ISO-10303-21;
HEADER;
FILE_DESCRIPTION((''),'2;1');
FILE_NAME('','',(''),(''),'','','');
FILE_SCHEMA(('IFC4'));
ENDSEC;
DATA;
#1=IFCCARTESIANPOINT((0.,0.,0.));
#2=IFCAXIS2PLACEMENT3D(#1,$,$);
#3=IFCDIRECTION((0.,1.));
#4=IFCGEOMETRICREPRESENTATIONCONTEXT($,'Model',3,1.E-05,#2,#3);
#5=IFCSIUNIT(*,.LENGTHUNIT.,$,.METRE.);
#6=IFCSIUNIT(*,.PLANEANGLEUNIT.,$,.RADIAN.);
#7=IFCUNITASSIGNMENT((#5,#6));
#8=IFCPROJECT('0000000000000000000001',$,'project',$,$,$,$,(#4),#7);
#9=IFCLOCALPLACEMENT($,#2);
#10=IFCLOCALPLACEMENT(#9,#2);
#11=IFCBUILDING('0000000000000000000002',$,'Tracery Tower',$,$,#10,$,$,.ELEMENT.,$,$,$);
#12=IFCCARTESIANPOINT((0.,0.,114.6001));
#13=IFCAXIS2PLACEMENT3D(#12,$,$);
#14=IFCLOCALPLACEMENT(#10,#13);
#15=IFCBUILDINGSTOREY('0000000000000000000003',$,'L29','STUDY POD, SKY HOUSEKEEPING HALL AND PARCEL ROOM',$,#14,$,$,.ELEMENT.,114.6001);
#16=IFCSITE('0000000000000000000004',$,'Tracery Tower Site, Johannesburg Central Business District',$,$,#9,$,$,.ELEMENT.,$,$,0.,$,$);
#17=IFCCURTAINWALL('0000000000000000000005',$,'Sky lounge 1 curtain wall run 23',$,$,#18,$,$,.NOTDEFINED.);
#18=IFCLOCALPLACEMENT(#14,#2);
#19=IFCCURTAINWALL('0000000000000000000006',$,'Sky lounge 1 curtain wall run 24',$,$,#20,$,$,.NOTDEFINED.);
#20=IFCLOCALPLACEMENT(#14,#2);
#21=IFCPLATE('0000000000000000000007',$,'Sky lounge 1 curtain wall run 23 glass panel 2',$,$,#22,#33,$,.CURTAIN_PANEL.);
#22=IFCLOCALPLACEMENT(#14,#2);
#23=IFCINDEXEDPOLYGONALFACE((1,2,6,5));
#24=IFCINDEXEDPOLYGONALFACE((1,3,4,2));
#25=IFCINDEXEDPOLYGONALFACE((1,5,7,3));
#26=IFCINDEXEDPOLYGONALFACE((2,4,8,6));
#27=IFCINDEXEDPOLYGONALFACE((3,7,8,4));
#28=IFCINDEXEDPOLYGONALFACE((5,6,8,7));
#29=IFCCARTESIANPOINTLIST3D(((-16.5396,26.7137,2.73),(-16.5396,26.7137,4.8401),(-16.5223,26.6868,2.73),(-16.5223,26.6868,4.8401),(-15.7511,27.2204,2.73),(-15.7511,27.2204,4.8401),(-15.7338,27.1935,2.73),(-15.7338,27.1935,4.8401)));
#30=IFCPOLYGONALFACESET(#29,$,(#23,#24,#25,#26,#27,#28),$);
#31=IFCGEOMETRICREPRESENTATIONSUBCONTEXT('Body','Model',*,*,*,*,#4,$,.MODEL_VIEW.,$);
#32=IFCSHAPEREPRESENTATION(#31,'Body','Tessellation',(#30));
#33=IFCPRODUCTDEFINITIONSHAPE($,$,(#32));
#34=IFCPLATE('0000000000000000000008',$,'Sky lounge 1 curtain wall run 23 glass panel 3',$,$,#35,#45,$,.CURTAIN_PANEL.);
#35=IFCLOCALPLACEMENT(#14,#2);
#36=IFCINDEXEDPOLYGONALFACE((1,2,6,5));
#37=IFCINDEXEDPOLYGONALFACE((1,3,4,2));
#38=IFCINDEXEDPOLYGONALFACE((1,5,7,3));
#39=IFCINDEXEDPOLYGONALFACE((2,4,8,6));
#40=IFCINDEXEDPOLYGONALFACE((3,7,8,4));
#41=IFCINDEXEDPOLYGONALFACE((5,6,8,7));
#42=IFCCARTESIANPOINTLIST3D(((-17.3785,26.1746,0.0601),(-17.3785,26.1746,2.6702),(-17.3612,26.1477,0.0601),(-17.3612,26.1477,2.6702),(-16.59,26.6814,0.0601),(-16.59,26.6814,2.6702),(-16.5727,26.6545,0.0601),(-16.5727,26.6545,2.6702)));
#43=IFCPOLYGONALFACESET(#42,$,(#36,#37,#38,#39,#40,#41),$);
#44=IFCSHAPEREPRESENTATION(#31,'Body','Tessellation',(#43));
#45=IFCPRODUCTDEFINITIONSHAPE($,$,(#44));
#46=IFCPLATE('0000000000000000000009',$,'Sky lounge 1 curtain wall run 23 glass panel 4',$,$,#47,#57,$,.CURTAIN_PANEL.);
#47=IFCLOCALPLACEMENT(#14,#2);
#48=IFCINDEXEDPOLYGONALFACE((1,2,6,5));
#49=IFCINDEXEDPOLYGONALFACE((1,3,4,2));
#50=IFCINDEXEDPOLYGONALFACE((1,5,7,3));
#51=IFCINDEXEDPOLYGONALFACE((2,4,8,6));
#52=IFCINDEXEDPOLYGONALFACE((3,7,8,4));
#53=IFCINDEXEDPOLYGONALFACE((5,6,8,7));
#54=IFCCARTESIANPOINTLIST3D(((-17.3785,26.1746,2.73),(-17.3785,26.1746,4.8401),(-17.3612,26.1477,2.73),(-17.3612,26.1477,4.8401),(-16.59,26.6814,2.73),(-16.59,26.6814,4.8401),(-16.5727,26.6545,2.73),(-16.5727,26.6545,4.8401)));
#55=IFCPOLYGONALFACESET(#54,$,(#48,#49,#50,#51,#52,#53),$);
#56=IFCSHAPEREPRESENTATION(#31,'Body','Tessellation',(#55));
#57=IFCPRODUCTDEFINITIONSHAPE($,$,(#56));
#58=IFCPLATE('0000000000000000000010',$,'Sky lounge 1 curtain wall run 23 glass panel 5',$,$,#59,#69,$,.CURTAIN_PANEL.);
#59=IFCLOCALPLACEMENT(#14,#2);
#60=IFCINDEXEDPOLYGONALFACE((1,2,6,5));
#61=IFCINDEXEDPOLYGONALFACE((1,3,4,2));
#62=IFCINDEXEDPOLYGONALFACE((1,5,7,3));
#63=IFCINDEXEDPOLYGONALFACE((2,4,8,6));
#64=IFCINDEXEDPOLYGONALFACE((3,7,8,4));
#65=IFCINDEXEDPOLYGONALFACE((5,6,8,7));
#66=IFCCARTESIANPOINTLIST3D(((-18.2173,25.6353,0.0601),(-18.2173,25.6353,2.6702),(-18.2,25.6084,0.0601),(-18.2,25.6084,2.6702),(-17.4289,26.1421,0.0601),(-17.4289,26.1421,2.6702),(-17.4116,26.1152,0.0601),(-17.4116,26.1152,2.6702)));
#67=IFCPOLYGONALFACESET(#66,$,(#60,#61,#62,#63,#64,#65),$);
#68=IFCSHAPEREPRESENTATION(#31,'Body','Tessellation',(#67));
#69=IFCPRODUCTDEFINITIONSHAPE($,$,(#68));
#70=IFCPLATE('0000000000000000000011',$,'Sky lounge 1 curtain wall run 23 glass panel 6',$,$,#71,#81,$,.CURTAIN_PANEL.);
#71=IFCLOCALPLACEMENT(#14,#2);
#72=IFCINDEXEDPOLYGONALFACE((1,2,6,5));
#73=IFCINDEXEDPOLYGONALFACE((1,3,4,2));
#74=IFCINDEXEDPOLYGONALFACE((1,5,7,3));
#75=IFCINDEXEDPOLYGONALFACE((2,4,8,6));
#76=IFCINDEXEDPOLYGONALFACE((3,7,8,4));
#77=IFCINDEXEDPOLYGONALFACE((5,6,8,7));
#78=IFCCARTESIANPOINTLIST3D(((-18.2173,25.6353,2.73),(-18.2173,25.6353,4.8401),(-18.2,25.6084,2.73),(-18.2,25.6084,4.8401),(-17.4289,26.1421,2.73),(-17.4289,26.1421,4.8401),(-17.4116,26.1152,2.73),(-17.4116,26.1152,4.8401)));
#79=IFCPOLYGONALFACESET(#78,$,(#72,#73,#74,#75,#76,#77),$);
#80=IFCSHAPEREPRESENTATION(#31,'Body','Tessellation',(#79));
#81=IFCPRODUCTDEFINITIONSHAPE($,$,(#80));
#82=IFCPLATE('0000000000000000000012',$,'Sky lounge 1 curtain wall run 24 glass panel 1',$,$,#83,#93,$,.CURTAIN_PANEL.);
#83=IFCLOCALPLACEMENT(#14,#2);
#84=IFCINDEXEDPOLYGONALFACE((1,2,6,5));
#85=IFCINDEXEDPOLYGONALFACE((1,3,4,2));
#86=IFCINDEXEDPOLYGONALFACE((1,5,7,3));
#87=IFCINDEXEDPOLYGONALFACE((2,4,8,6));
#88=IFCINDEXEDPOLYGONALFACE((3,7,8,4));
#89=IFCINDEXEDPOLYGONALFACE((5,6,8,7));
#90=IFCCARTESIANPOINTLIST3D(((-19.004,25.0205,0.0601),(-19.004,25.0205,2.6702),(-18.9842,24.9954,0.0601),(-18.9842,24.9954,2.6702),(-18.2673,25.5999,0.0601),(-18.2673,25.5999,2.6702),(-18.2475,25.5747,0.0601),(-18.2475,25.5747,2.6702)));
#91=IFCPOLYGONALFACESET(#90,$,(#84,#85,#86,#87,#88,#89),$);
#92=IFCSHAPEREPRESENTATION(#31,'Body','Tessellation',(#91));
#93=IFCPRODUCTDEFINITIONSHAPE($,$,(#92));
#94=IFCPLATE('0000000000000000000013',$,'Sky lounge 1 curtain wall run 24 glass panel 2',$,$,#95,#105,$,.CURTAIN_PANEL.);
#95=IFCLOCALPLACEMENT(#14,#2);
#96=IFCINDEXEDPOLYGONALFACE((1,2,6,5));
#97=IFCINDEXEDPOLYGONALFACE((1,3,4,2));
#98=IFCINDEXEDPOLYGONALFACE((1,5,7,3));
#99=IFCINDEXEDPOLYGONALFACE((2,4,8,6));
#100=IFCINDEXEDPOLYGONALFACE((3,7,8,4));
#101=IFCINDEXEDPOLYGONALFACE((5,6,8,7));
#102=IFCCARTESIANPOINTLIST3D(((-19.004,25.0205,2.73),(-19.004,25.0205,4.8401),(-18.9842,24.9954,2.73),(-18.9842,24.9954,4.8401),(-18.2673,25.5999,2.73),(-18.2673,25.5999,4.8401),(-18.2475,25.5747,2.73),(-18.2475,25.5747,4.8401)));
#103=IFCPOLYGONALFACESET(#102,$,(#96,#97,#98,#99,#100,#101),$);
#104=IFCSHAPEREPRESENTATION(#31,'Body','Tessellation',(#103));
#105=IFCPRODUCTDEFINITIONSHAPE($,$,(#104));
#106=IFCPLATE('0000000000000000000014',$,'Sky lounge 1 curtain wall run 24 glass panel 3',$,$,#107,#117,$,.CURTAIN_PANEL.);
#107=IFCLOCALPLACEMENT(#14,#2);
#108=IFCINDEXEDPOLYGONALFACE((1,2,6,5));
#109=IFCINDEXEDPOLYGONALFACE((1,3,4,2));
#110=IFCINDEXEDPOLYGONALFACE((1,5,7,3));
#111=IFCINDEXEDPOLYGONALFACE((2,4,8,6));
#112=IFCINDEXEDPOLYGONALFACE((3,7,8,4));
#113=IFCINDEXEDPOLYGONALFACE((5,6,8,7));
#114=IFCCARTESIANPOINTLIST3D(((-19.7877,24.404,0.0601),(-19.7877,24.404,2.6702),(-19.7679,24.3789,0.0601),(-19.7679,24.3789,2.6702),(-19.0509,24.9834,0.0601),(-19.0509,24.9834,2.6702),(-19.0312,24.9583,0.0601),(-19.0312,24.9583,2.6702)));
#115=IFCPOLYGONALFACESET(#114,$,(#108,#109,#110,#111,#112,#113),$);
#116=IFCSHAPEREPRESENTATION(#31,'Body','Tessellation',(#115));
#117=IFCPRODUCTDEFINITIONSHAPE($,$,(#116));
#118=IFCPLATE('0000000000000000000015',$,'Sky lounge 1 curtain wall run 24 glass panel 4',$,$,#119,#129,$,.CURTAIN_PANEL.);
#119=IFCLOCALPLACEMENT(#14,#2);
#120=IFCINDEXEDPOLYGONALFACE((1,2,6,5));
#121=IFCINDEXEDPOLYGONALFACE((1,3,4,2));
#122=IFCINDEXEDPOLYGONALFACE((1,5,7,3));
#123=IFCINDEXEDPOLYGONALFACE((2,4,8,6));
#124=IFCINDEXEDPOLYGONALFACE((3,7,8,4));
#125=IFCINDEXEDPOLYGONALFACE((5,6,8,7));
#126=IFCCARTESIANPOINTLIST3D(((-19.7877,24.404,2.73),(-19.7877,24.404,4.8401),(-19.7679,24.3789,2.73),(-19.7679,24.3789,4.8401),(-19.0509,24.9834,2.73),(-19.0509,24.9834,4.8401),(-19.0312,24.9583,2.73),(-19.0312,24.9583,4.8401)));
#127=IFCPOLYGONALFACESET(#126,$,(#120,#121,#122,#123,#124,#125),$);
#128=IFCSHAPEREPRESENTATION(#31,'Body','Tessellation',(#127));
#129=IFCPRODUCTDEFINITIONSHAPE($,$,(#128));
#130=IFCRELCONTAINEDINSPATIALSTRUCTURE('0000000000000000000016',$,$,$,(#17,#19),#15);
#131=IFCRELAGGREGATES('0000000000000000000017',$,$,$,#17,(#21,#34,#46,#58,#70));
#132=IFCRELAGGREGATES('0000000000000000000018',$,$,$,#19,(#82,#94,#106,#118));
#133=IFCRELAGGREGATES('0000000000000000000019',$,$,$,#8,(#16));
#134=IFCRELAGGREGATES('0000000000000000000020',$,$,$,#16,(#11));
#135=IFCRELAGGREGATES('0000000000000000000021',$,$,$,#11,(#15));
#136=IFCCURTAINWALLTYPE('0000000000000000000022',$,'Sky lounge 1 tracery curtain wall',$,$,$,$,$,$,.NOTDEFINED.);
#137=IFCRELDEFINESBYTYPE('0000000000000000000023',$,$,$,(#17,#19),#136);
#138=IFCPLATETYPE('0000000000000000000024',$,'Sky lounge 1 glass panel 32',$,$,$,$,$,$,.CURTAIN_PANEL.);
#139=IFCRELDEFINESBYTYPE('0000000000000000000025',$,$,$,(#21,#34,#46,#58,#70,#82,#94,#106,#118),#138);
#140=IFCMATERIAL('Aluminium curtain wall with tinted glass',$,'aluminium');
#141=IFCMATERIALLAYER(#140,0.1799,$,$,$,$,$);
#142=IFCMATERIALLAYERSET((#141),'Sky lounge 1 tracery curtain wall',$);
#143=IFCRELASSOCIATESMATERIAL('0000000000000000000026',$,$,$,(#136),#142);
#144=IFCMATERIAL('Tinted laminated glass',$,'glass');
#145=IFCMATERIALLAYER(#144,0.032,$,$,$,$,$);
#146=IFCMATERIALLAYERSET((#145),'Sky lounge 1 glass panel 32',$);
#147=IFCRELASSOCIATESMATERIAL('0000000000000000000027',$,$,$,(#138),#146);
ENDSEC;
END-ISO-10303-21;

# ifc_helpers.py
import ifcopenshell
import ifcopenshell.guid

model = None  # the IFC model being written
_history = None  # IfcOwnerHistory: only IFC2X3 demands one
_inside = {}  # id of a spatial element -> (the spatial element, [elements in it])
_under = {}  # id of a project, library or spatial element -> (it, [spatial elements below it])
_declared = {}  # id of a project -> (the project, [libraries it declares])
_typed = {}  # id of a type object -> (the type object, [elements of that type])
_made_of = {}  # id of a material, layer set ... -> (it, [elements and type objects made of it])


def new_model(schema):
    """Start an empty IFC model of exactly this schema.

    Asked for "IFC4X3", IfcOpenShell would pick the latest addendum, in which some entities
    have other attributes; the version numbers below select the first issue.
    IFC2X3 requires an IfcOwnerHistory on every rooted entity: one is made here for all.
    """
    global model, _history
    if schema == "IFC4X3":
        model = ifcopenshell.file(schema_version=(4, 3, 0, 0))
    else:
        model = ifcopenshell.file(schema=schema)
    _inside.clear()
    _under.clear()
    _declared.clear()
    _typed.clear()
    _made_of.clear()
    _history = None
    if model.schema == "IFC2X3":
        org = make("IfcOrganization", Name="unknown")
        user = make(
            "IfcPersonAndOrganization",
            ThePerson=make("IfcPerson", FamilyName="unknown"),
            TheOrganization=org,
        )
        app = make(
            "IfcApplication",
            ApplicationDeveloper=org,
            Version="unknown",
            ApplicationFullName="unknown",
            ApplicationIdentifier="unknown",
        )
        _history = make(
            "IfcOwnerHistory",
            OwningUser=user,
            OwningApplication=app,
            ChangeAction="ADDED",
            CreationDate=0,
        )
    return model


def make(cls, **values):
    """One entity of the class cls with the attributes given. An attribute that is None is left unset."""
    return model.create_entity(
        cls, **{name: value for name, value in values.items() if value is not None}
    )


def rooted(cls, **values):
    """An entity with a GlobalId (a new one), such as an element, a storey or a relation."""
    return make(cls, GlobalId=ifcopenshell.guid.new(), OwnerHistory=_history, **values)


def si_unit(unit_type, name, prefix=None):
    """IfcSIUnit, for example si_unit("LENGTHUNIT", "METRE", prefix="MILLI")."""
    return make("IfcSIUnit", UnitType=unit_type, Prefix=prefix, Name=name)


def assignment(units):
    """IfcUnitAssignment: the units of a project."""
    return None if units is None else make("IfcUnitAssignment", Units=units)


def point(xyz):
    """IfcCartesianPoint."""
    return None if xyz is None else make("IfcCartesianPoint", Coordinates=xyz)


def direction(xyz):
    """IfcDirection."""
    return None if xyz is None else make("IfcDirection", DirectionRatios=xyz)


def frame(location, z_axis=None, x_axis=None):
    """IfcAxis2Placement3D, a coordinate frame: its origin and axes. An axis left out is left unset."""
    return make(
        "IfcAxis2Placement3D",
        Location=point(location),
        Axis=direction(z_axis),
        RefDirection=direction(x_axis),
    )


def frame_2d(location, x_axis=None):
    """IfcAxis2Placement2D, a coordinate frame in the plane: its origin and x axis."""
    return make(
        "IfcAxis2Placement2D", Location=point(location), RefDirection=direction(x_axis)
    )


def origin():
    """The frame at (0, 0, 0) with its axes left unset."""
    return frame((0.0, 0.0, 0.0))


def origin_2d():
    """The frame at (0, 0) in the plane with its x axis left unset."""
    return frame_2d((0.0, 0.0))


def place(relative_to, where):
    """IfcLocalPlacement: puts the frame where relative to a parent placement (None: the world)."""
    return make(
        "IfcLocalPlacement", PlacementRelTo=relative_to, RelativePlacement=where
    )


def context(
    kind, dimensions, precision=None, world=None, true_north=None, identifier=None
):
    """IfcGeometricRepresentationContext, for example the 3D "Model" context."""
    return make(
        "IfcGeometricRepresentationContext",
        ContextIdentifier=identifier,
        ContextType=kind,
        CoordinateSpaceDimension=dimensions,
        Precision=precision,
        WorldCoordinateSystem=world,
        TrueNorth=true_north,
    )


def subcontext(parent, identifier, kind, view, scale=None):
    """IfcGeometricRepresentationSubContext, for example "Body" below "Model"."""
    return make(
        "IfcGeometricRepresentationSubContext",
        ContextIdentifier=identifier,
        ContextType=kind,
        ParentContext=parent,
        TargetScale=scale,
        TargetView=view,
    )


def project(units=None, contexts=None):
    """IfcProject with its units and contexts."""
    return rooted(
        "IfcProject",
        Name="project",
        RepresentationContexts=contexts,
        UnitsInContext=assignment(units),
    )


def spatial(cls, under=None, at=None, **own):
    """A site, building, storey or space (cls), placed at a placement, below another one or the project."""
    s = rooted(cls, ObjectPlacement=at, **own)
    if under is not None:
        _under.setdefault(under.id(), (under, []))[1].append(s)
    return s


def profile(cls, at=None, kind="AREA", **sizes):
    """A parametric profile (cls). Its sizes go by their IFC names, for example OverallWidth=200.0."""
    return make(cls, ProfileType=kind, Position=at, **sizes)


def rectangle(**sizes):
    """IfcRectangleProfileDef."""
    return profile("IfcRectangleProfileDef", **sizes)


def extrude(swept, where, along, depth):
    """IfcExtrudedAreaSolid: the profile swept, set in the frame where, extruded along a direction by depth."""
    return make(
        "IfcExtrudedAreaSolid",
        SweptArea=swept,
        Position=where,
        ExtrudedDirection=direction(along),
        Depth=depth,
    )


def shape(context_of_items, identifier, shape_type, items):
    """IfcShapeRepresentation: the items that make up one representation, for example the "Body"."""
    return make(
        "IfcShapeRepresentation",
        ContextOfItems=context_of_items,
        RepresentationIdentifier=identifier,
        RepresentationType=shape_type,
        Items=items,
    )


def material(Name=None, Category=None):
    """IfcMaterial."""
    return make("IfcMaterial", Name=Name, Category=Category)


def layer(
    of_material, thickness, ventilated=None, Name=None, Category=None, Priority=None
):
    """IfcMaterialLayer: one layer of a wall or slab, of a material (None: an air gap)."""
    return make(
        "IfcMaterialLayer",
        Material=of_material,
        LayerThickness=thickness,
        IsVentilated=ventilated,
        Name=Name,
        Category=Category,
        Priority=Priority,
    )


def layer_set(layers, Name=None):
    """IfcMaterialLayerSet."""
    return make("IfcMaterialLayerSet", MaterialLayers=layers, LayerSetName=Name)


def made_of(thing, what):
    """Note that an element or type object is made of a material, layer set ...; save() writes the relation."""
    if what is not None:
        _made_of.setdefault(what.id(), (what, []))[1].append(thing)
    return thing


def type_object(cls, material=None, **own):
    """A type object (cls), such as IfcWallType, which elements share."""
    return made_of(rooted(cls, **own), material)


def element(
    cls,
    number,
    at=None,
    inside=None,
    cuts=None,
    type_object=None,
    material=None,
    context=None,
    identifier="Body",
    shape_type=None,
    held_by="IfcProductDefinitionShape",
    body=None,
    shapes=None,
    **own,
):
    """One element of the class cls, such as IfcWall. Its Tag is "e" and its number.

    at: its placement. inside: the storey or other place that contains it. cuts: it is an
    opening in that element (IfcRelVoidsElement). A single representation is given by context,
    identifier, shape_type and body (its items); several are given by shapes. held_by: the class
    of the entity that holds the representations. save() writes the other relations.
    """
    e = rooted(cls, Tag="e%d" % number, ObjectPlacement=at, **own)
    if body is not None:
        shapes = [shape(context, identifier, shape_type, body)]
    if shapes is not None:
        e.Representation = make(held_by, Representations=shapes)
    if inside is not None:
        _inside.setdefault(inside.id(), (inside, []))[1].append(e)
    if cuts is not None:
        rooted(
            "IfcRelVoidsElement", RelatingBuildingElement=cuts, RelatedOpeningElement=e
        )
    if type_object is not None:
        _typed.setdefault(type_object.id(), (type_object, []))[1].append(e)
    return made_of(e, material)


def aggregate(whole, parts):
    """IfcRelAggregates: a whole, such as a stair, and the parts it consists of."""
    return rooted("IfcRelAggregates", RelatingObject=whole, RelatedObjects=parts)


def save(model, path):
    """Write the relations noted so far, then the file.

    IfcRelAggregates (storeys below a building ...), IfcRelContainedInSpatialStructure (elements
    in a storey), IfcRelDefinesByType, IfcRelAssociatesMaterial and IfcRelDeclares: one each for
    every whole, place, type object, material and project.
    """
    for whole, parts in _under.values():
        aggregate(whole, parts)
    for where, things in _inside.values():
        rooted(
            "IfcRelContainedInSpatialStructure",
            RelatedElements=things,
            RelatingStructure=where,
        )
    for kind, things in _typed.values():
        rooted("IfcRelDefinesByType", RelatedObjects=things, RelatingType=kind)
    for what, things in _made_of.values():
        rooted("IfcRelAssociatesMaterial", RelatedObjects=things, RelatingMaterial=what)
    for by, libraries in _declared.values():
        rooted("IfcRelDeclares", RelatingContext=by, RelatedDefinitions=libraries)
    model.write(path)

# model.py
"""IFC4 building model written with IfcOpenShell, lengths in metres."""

from ifc_helpers import new_model, si_unit, direction, frame, origin, origin_2d, place, context, subcontext, project, spatial, rectangle, extrude, material, layer, layer_set, type_object, element, aggregate, save


model = new_model("IFC4")

# Units and contexts
model_context = context("Model", 3, precision=1e-05, world=origin(), true_north=direction((0.0, 1.0)))
body_context = subcontext(model_context, "Body", "Model", "MODEL_VIEW")
ifc_project = project(units=[si_unit("LENGTHUNIT", "METRE"), si_unit("PLANEANGLEUNIT", "RADIAN")], contexts=[model_context])

# Site, building, storey
site_placement = place(None, origin())
site = spatial("IfcSite", under=ifc_project, at=site_placement, Name="Tracery Tower Site, Johannesburg Central Business District", CompositionType="ELEMENT", RefElevation=0.0)
building_placement = place(site_placement, origin())
building = spatial("IfcBuilding", under=site, at=building_placement, Name="Tracery Tower", CompositionType="ELEMENT")
storey_placement = place(building_placement, frame((0.0, 0.0, 114.6001)))
storey = spatial("IfcBuildingStorey", under=building, at=storey_placement, Name="L29", Description="STUDY POD, SKY HOUSEKEEPING HALL AND PARCEL ROOM", CompositionType="ELEMENT", Elevation=114.6001)

# Curtain walls
ifc_material_1 = material(Name="Aluminium curtain wall with tinted glass", Category="aluminium")
ifc_layer_1 = layer(ifc_material_1, 0.1799)
ifc_layer_set_1 = layer_set([ifc_layer_1], Name="Sky lounge 1 tracery curtain wall")
curtain_wall_type = type_object("IfcCurtainWallType", Name="Sky lounge 1 tracery curtain wall", PredefinedType="NOTDEFINED", material=ifc_layer_set_1)
curtain_wall_1_placement = place(storey_placement, origin())
curtain_wall_1 = element("IfcCurtainWall", 1, at=curtain_wall_1_placement, inside=storey, type_object=curtain_wall_type, Name="Sky lounge 1 curtain wall run 23", PredefinedType="NOTDEFINED")
curtain_wall_2_placement = place(storey_placement, origin())
curtain_wall_2 = element("IfcCurtainWall", 2, at=curtain_wall_2_placement, inside=storey, type_object=curtain_wall_type, Name="Sky lounge 1 curtain wall run 24", PredefinedType="NOTDEFINED")

# Plates
ifc_material_2 = material(Name="Tinted laminated glass", Category="glass")
ifc_layer_2 = layer(ifc_material_2, 0.032)
ifc_layer_set_2 = layer_set([ifc_layer_2], Name="Sky lounge 1 glass panel 32")
plate_type = type_object("IfcPlateType", Name="Sky lounge 1 glass panel 32", PredefinedType="CURTAIN_PANEL", material=ifc_layer_set_2)
plate_1_placement = place(storey_placement, frame((-16.1367, 26.9536, 2.73), z_axis=(0.0, 0.0, 1.0), x_axis=(-0.841254, -0.540641, 0.0)))
plate_1 = element("IfcPlate", 3, at=plate_1_placement, type_object=plate_type, Name="Sky lounge 1 curtain wall run 23 glass panel 2", PredefinedType="CURTAIN_PANEL", context=body_context, shape_type="SweptSolid", body=[
    extrude(rectangle(XDim=0.9373, YDim=0.032, at=origin_2d()), origin(), (0.0, 0.0, 1.0), 2.1101),
])
plate_2_placement = place(storey_placement, frame((-16.9756, 26.4146, 0.0601), z_axis=(0.0, 0.0, 1.0), x_axis=(-0.841254, -0.540641, 0.0)))
plate_2 = element("IfcPlate", 4, at=plate_2_placement, type_object=plate_type, Name="Sky lounge 1 curtain wall run 23 glass panel 3", PredefinedType="CURTAIN_PANEL", context=body_context, shape_type="SweptSolid", body=[
    extrude(rectangle(XDim=0.9373, YDim=0.032, at=origin_2d()), origin(), (0.0, 0.0, 1.0), 2.6101),
])
plate_3_placement = place(storey_placement, frame((-16.9756, 26.4146, 2.73), z_axis=(0.0, 0.0, 1.0), x_axis=(-0.841254, -0.540641, 0.0)))
plate_3 = element("IfcPlate", 5, at=plate_3_placement, type_object=plate_type, Name="Sky lounge 1 curtain wall run 23 glass panel 4", PredefinedType="CURTAIN_PANEL", context=body_context, shape_type="SweptSolid", body=[
    extrude(rectangle(XDim=0.9373, YDim=0.032, at=origin_2d()), origin(), (0.0, 0.0, 1.0), 2.1101),
])
plate_4_placement = place(storey_placement, frame((-17.8145, 25.8752, 0.0601), z_axis=(0.0, 0.0, 1.0), x_axis=(-0.841254, -0.540641, 0.0)))
plate_4 = element("IfcPlate", 6, at=plate_4_placement, type_object=plate_type, Name="Sky lounge 1 curtain wall run 23 glass panel 5", PredefinedType="CURTAIN_PANEL", context=body_context, shape_type="SweptSolid", body=[
    extrude(rectangle(XDim=0.9373, YDim=0.032, at=origin_2d()), origin(), (0.0, 0.0, 1.0), 2.6101),
])
plate_5_placement = place(storey_placement, frame((-17.8145, 25.8752, 2.73), z_axis=(0.0, 0.0, 1.0), x_axis=(-0.841254, -0.540641, 0.0)))
plate_5 = element("IfcPlate", 7, at=plate_5_placement, type_object=plate_type, Name="Sky lounge 1 curtain wall run 23 glass panel 6", PredefinedType="CURTAIN_PANEL", context=body_context, shape_type="SweptSolid", body=[
    extrude(rectangle(XDim=0.9373, YDim=0.032, at=origin_2d()), origin(), (0.0, 0.0, 1.0), 2.1101),
])
aggregate(curtain_wall_1, [plate_1, plate_2, plate_3, plate_4, plate_5])
plate_6_placement = place(storey_placement, frame((-18.6257, 25.2976, 0.0601), z_axis=(0.0, 0.0, 1.0), x_axis=(-0.786053, -0.618159, 0.0)))
plate_6 = element("IfcPlate", 8, at=plate_6_placement, type_object=plate_type, Name="Sky lounge 1 curtain wall run 24 glass panel 1", PredefinedType="CURTAIN_PANEL", context=body_context, shape_type="SweptSolid", body=[
    extrude(rectangle(XDim=0.9373, YDim=0.032, at=origin_2d()), origin(), (0.0, 0.0, 1.0), 2.6101),
])
plate_7_placement = place(storey_placement, frame((-18.6257, 25.2976, 2.73), z_axis=(0.0, 0.0, 1.0), x_axis=(-0.786053, -0.618159, 0.0)))
plate_7 = element("IfcPlate", 9, at=plate_7_placement, type_object=plate_type, Name="Sky lounge 1 curtain wall run 24 glass panel 2", PredefinedType="CURTAIN_PANEL", context=body_context, shape_type="SweptSolid", body=[
    extrude(rectangle(XDim=0.9373, YDim=0.032, at=origin_2d()), origin(), (0.0, 0.0, 1.0), 2.1101),
])
plate_8_placement = place(storey_placement, frame((-19.4094, 24.6812, 0.0601), z_axis=(0.0, 0.0, 1.0), x_axis=(-0.786053, -0.618159, 0.0)))
plate_8 = element("IfcPlate", 10, at=plate_8_placement, type_object=plate_type, Name="Sky lounge 1 curtain wall run 24 glass panel 3", PredefinedType="CURTAIN_PANEL", context=body_context, shape_type="SweptSolid", body=[
    extrude(rectangle(XDim=0.9373, YDim=0.032, at=origin_2d()), origin(), (0.0, 0.0, 1.0), 2.6101),
])
plate_9_placement = place(storey_placement, frame((-19.4094, 24.6812, 2.73), z_axis=(0.0, 0.0, 1.0), x_axis=(-0.786053, -0.618159, 0.0)))
plate_9 = element("IfcPlate", 11, at=plate_9_placement, type_object=plate_type, Name="Sky lounge 1 curtain wall run 24 glass panel 4", PredefinedType="CURTAIN_PANEL", context=body_context, shape_type="SweptSolid", body=[
    extrude(rectangle(XDim=0.9373, YDim=0.032, at=origin_2d()), origin(), (0.0, 0.0, 1.0), 2.1101),
])
aggregate(curtain_wall_2, [plate_6, plate_7, plate_8, plate_9])

save(model, "model.ifc")
